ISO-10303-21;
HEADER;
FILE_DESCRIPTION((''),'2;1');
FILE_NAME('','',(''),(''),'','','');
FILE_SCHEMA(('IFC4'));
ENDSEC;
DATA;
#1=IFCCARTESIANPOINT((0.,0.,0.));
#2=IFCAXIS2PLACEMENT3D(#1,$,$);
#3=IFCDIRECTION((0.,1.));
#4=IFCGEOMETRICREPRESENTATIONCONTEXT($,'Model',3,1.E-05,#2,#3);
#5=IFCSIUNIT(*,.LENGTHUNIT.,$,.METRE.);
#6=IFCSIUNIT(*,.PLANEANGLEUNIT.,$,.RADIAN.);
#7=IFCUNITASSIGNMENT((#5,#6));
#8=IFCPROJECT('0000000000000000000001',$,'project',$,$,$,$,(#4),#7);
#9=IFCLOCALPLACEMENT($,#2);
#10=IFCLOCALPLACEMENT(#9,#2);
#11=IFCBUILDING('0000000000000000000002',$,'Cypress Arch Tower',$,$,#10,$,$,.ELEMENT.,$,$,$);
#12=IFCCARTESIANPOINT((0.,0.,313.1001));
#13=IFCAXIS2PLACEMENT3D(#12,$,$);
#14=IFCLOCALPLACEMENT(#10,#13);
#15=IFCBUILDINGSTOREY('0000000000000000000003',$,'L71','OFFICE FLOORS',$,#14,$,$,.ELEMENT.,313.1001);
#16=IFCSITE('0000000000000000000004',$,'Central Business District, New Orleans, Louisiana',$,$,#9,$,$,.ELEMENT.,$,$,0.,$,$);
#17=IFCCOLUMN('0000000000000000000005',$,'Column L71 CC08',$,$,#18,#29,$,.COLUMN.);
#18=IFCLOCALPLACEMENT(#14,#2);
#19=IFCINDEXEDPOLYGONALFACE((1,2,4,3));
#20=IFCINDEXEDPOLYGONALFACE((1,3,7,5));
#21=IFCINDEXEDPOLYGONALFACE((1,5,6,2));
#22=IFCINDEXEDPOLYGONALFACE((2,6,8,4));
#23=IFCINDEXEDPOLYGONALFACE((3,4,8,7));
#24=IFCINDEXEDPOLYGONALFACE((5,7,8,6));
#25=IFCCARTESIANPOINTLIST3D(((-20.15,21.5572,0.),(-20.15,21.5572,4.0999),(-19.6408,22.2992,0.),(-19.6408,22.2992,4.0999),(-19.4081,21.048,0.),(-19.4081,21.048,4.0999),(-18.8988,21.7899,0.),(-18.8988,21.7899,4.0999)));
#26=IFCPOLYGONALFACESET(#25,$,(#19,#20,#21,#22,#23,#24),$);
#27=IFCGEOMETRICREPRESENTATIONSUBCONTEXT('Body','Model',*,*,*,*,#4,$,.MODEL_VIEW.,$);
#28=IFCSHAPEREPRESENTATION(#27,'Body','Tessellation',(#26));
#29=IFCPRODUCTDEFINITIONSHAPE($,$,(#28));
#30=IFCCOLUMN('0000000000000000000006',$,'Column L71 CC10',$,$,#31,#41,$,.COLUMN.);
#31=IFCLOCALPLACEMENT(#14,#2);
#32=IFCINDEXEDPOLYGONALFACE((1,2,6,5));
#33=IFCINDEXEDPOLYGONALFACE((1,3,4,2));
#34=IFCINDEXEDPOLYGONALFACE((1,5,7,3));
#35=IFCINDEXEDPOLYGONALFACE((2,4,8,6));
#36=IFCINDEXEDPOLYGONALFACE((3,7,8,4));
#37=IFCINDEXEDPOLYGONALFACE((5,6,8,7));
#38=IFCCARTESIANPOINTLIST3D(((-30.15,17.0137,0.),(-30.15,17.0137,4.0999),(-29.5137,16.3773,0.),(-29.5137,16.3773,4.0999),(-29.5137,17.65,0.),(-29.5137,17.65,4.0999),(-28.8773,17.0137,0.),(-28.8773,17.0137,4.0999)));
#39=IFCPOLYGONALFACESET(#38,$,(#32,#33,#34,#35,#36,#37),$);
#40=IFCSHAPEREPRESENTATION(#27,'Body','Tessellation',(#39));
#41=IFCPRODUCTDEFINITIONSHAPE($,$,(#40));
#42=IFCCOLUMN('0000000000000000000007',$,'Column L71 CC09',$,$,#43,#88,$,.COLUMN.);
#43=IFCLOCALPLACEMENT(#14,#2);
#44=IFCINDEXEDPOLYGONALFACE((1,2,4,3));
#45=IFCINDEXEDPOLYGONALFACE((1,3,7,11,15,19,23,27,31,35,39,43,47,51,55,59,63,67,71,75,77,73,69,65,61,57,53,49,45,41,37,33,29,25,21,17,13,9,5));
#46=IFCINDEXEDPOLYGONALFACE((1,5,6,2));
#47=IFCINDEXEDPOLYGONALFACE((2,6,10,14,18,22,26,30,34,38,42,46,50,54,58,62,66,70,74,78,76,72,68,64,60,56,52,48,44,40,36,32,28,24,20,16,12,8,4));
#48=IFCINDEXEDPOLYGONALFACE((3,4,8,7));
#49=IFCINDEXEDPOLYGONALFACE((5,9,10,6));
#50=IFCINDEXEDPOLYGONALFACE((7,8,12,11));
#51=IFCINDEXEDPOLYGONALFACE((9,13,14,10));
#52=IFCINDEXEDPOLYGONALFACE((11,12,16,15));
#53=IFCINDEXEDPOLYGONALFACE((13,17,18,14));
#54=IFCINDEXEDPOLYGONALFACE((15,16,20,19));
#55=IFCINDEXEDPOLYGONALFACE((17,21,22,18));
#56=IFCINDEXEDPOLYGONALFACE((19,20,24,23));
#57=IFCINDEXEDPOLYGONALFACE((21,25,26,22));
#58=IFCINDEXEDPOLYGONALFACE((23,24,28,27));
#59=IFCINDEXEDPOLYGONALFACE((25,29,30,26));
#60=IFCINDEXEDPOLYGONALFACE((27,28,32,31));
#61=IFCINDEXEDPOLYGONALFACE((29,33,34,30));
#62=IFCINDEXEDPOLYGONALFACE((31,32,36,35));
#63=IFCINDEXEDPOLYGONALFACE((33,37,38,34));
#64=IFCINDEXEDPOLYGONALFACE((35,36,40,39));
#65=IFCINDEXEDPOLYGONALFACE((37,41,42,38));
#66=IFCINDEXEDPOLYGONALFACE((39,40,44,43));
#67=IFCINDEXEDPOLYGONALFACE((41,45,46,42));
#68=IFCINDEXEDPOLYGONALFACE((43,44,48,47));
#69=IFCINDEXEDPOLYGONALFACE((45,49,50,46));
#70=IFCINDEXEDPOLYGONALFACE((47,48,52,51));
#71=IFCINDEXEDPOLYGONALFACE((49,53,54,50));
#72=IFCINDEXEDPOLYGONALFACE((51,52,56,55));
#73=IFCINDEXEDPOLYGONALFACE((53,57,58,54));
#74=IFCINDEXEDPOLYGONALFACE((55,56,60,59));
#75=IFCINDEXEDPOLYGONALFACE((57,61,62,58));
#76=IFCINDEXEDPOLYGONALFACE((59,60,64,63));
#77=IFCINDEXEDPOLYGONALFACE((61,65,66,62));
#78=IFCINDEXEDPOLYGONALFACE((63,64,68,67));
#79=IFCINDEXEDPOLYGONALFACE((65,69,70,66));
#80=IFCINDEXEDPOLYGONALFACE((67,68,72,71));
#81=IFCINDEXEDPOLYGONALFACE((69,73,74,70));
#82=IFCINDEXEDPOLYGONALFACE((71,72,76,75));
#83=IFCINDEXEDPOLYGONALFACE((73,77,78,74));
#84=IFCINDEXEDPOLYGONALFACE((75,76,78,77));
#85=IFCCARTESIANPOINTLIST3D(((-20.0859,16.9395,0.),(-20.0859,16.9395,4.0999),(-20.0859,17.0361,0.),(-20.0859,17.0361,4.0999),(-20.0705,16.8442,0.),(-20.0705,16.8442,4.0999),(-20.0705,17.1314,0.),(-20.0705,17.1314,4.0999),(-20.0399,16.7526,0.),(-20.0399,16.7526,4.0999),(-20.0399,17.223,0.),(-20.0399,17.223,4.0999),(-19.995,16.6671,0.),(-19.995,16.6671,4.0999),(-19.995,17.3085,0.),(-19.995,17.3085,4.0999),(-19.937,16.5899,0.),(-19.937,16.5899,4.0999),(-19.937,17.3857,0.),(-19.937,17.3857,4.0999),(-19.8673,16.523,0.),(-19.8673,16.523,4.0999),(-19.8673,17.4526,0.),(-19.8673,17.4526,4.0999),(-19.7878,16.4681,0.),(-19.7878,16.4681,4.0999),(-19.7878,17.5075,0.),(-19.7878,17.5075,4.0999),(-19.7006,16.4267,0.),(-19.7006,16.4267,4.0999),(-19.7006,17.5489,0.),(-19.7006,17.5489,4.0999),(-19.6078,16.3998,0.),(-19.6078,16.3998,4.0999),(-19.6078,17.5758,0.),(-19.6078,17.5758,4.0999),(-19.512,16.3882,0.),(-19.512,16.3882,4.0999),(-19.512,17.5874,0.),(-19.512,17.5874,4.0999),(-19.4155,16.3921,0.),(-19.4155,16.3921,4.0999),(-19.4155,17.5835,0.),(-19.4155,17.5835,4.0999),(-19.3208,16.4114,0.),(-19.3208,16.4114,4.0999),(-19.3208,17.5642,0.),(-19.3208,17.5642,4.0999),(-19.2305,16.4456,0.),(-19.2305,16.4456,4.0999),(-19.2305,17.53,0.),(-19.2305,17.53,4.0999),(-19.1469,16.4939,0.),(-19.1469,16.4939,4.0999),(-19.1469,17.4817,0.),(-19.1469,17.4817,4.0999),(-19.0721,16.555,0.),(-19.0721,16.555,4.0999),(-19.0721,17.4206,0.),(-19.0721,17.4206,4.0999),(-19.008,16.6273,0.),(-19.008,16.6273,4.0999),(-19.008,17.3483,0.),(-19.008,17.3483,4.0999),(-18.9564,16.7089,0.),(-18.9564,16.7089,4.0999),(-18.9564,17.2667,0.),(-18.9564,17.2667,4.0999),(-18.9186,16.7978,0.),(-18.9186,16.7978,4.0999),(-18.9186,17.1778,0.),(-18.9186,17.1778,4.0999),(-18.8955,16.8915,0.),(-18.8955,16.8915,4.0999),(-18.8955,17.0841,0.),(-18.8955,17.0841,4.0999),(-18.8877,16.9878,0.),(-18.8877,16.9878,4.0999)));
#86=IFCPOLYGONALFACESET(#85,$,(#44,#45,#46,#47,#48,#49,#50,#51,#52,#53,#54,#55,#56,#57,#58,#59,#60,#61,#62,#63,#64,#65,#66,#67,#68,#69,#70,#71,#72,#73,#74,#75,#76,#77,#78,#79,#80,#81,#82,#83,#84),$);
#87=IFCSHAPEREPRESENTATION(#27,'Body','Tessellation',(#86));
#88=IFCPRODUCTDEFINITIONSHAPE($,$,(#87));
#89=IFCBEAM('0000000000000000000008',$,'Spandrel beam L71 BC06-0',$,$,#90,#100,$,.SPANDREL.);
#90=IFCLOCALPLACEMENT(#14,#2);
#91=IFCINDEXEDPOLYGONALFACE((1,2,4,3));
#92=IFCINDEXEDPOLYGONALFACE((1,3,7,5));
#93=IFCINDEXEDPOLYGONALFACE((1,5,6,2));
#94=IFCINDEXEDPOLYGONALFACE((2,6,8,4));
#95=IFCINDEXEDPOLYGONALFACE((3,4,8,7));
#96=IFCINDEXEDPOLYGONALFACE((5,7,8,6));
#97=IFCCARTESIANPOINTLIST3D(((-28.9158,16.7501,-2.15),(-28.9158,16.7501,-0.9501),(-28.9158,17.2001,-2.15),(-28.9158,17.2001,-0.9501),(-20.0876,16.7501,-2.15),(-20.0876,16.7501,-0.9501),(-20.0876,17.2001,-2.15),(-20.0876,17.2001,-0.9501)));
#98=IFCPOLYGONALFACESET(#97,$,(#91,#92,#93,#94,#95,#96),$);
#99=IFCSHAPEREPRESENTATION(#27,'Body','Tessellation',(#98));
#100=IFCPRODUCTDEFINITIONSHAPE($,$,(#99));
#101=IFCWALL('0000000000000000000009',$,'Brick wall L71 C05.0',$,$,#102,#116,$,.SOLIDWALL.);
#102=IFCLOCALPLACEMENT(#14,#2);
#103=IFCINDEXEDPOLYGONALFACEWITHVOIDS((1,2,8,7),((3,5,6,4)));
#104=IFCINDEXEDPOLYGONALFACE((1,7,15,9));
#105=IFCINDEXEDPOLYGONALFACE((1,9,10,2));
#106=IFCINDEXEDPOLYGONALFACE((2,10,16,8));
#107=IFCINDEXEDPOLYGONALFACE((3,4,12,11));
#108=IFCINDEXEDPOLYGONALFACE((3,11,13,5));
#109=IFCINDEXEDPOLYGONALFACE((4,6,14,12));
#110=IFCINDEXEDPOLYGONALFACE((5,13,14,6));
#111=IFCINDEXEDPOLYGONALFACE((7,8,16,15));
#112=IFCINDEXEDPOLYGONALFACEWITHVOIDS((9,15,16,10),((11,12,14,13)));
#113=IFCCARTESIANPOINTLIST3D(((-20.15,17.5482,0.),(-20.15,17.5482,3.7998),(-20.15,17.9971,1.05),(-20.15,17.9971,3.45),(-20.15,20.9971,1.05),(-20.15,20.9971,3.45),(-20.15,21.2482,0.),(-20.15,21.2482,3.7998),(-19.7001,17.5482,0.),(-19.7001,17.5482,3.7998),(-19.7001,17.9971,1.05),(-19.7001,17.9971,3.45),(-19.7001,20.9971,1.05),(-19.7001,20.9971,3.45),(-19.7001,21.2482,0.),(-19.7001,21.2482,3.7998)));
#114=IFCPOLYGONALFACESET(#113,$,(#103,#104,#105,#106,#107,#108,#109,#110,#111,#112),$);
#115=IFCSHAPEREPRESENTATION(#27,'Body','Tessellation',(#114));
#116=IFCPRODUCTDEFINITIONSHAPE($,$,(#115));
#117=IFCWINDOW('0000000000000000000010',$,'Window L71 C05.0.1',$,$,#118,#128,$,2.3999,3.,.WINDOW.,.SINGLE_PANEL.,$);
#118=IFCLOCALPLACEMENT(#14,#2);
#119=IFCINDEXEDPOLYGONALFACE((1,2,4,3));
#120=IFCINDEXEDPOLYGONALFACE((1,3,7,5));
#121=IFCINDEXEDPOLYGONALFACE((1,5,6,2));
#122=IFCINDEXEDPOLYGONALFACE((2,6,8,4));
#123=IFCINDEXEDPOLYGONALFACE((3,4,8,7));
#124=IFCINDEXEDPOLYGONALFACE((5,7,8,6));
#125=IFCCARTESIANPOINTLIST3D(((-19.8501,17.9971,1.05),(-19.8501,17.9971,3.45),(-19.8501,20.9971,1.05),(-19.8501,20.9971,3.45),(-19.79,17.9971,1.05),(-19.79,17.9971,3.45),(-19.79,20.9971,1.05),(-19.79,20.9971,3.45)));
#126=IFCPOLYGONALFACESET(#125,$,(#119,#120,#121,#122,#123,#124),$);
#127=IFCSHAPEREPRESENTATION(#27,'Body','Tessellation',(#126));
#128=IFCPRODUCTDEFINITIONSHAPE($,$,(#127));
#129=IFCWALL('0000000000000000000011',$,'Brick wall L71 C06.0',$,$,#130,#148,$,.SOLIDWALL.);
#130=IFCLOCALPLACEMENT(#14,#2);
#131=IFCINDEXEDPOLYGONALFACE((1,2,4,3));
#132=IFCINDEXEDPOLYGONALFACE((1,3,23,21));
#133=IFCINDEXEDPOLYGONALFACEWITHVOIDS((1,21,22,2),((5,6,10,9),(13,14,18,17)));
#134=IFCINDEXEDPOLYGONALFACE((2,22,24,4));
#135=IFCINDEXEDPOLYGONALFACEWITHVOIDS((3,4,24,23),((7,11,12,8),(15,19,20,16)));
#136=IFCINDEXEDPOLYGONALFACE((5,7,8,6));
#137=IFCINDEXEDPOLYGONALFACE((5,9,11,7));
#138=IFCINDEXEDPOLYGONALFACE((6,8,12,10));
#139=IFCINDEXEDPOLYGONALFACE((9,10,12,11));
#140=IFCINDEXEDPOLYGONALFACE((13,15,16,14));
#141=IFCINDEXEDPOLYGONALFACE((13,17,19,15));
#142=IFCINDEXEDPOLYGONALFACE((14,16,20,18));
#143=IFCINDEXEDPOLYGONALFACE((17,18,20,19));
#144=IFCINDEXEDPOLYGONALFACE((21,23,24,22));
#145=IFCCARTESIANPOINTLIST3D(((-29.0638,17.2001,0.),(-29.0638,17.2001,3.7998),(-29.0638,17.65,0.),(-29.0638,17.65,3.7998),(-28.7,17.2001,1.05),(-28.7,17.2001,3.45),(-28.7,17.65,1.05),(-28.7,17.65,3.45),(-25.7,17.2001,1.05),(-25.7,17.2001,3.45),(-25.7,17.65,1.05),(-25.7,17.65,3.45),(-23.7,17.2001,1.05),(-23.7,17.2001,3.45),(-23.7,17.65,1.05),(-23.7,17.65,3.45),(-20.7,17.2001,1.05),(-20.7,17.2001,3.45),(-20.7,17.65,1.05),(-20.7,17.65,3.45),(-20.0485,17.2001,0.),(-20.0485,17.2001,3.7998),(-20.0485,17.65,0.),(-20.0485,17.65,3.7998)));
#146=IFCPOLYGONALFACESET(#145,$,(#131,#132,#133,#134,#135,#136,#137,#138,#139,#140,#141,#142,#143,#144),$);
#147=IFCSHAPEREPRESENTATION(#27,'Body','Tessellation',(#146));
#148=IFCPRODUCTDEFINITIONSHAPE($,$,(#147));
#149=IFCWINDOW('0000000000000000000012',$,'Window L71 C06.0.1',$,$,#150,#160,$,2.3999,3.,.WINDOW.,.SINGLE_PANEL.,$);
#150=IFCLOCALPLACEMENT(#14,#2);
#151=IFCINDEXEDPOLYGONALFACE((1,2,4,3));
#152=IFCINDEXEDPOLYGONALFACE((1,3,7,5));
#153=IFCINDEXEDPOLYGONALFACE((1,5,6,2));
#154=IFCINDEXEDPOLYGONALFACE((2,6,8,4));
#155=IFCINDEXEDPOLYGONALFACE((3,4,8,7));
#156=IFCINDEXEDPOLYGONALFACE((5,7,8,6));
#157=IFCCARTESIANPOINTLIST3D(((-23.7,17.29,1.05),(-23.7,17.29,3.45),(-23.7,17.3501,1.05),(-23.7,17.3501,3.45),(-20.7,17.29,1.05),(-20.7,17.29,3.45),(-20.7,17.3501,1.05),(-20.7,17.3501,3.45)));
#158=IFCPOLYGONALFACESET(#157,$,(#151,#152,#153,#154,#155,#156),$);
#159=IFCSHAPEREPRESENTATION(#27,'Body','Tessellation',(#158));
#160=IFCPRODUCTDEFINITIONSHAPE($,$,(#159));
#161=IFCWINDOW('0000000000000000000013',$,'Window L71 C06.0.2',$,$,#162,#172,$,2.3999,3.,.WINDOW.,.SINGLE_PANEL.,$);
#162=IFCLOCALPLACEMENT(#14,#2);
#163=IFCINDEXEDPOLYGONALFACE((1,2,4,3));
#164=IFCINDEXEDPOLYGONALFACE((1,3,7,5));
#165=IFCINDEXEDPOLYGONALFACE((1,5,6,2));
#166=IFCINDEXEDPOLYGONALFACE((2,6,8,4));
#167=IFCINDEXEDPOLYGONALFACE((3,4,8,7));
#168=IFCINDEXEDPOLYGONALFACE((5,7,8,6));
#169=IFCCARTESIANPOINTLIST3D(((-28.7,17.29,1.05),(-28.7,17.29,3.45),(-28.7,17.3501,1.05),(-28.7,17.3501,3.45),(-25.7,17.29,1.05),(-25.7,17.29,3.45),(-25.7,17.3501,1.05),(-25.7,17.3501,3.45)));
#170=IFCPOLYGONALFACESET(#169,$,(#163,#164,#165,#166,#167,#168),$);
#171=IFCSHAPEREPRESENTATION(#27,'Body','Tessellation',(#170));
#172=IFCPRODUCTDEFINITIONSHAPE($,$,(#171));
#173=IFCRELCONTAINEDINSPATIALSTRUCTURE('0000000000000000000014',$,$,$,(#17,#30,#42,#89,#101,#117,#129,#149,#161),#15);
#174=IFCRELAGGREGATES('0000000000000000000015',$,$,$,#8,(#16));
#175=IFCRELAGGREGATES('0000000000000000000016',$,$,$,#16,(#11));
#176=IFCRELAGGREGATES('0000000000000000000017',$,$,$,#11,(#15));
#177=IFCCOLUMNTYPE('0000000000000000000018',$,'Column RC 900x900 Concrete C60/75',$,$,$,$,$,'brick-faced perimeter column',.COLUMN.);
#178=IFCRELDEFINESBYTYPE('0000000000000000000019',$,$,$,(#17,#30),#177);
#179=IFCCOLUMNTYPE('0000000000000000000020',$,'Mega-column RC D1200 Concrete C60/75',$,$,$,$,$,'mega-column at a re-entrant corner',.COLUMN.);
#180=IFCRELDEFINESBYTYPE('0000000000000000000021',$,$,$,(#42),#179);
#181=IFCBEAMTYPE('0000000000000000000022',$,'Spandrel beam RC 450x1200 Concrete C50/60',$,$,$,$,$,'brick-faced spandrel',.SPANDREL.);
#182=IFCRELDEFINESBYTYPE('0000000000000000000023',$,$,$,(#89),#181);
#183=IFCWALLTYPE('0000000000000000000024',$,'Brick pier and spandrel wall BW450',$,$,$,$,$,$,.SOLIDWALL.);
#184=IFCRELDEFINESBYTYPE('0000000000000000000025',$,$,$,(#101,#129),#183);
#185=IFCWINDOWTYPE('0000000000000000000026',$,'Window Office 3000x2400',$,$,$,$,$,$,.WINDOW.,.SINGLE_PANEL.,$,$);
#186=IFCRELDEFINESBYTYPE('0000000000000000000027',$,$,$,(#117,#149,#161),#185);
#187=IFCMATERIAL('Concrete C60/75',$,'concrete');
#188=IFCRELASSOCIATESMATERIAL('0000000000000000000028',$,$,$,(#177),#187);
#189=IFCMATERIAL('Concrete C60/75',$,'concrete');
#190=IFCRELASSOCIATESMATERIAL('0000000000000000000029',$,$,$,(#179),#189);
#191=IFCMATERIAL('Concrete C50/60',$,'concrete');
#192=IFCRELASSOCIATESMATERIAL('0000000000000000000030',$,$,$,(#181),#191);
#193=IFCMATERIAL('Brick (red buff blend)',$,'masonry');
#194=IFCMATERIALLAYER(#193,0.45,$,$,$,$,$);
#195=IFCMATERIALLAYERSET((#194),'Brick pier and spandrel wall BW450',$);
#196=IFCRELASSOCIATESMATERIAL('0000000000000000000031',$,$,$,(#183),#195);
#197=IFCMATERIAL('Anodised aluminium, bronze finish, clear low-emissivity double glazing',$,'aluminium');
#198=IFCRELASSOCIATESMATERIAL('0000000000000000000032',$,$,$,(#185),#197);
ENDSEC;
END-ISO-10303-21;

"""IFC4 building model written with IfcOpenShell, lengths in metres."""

from ifc_helpers import new_model, si_unit, direction, frame, frame_2d, origin, origin_2d, place, context, subcontext, project, spatial, rectangle, circle, extrude, material, layer, layer_set, material_profile, profile_set, type_object, element, fill, save


model = new_model("IFC4")

# Units and contexts
model_context = context("Model", 3, precision=1e-05, world=origin(), true_north=direction((0.0, 1.0)))
body_context = subcontext(model_context, "Body", "Model", "MODEL_VIEW")
ifc_project = project(units=[si_unit("LENGTHUNIT", "METRE"), si_unit("PLANEANGLEUNIT", "RADIAN")], contexts=[model_context])

# Site, building, storey
site_placement = place(None, origin())
site = spatial("IfcSite", under=ifc_project, at=site_placement, Name="Central Business District, New Orleans, Louisiana", CompositionType="ELEMENT", RefElevation=0.0)
building_placement = place(site_placement, origin())
building = spatial("IfcBuilding", under=site, at=building_placement, Name="Cypress Arch Tower", CompositionType="ELEMENT")
storey_placement = place(building_placement, frame((0.0, 0.0, 313.1001)))
storey = spatial("IfcBuildingStorey", under=building, at=storey_placement, Name="L71", Description="OFFICE FLOORS", CompositionType="ELEMENT", Elevation=313.1001)

# Columns
ifc_material_1 = material(Name="Concrete C60/75", Category="concrete")
ifc_material_profile_1 = material_profile(ifc_material_1, rectangle(XDim=0.8999, YDim=0.8999, at=origin_2d()), Name="RC 900x900")
ifc_profile_set_1 = profile_set([ifc_material_profile_1], Name="Concrete C60/75")
column_type_1 = type_object("IfcColumnType", Name="Column RC 900x900 Concrete C60/75", ElementType="brick-faced perimeter column", PredefinedType="COLUMN", material=ifc_profile_set_1)
for number, where, z_axis, x_axis, name in (
    (1, (-19.5244, 21.6736, 0.0), (0.0, 0.0, 1.0), (-0.565893, -0.824479, 0.0), "Column L71 CC08"),
    (2, (-29.5137, 17.0137, 0.0), (0.0, 0.0, 1.0), (-0.707107, -0.707107, 0.0), "Column L71 CC10"),
):
    element("IfcColumn", number, at=place(storey_placement, frame(where, z_axis=z_axis, x_axis=x_axis)), inside=storey, type_object=column_type_1, Name=name, PredefinedType="COLUMN", context=body_context, shape_type="SweptSolid", body=[
        extrude(rectangle(XDim=0.8999, YDim=0.8999, at=origin_2d()), origin(), (0.0, 0.0, 1.0), 4.0999),
    ])
ifc_material_2 = material(Name="Concrete C60/75", Category="concrete")
ifc_material_profile_2 = material_profile(ifc_material_2, circle(Radius=0.6001, at=origin_2d()), Name="RC D1200")
ifc_profile_set_2 = profile_set([ifc_material_profile_2], Name="Concrete C60/75")
column_type_2 = type_object("IfcColumnType", Name="Mega-column RC D1200 Concrete C60/75", ElementType="mega-column at a re-entrant corner", PredefinedType="COLUMN", material=ifc_profile_set_2)
column_placement = place(storey_placement, frame((-19.4878, 16.9878, 0.0), z_axis=(0.0, 0.0, 1.0), x_axis=(1.0, 0.0, 0.0)))
element("IfcColumn", 3, at=column_placement, inside=storey, type_object=column_type_2, Name="Column L71 CC09", PredefinedType="COLUMN", context=body_context, shape_type="SweptSolid", body=[
    extrude(circle(Radius=0.6001, at=origin_2d()), origin(), (0.0, 0.0, 1.0), 4.0999),
])

# Beam
ifc_material_3 = material(Name="Concrete C50/60", Category="concrete")
ifc_material_profile_3 = material_profile(ifc_material_3, rectangle(XDim=0.45, YDim=1.2, at=origin_2d()), Name="RC 450x1200")
ifc_profile_set_3 = profile_set([ifc_material_profile_3], Name="Concrete C50/60")
beam_type = type_object("IfcBeamType", Name="Spandrel beam RC 450x1200 Concrete C50/60", ElementType="brick-faced spandrel", PredefinedType="SPANDREL", material=ifc_profile_set_3)
beam_placement = place(storey_placement, frame((-20.0876, 16.9751, -1.55), z_axis=(-1.0, 0.0, 0.0), x_axis=(0.0, -1.0, 0.0)))
element("IfcBeam", 4, at=beam_placement, inside=storey, type_object=beam_type, Name="Spandrel beam L71 BC06-0", PredefinedType="SPANDREL", context=body_context, shape_type="SweptSolid", body=[
    extrude(rectangle(XDim=0.45, YDim=1.2, at=origin_2d()), origin(), (0.0, 0.0, 1.0), 8.8281),
])

# Wall, opening, window
ifc_material_4 = material(Name="Brick (red buff blend)", Category="masonry")
ifc_layer_1 = layer(ifc_material_4, 0.45)
ifc_layer_set_1 = layer_set([ifc_layer_1], Name="Brick pier and spandrel wall BW450")
wall_type_1 = type_object("IfcWallType", Name="Brick pier and spandrel wall BW450", PredefinedType="SOLIDWALL", material=ifc_layer_set_1)
wall_1_placement = place(storey_placement, frame((-19.925, 21.2483, 0.0), z_axis=(0.0, 0.0, 1.0), x_axis=(0.0, -1.0, 0.0)))
wall_1 = element("IfcWall", 5, at=wall_1_placement, inside=storey, type_object=wall_type_1, Name="Brick wall L71 C05.0", PredefinedType="SOLIDWALL", context=body_context, shape_type="SweptSolid", body=[
    extrude(rectangle(XDim=3.7, YDim=0.45, at=frame_2d((1.8501, 0.0))), origin(), (0.0, 0.0, 1.0), 3.7998),
])
opening_1_placement = place(wall_1_placement, frame((0.2512, 0.0, 1.05)))
opening_1 = element("IfcOpeningElement", 6, at=opening_1_placement, cuts=wall_1, PredefinedType="OPENING", context=body_context, shape_type="SweptSolid", body=[
    extrude(rectangle(XDim=3.0, YDim=2.3999, at=frame_2d((1.5, 1.2))), frame((0.0, 0.2349, 0.0), z_axis=(0.0, -1.0, 0.0), x_axis=(1.0, 0.0, 0.0)), (0.0, 0.0, 1.0), 0.47),
])
ifc_material_5 = material(Name="Anodised aluminium, bronze finish, clear low-emissivity double glazing", Category="aluminium")
window_type = type_object("IfcWindowType", Name="Window Office 3000x2400", PartitioningType="SINGLE_PANEL", PredefinedType="WINDOW", material=ifc_material_5)
window_1_placement = place(opening_1_placement, origin())
window_1 = element("IfcWindow", 7, at=window_1_placement, inside=storey, type_object=window_type, Name="Window L71 C05.0.1", OverallHeight=2.3999, OverallWidth=3.0, PartitioningType="SINGLE_PANEL", PredefinedType="WINDOW", context=body_context, shape_type="SweptSolid", body=[
    extrude(rectangle(XDim=3.0, YDim=2.3999, at=frame_2d((1.5, 1.2))), frame((0.0, 0.135, 0.0), z_axis=(0.0, -1.0, 0.0), x_axis=(1.0, 0.0, 0.0)), (0.0, 0.0, 1.0), 0.0601),
])
fill(opening_1, window_1)

# Wall, openings, windows
wall_2_placement = place(storey_placement, frame((-20.0483, 17.425, 0.0), z_axis=(0.0, 0.0, 1.0), x_axis=(-1.0, 0.0, 0.0)))
wall_2 = element("IfcWall", 8, at=wall_2_placement, inside=storey, type_object=wall_type_1, Name="Brick wall L71 C06.0", PredefinedType="SOLIDWALL", context=body_context, shape_type="SweptSolid", body=[
    extrude(rectangle(XDim=9.0154, YDim=0.45, at=frame_2d((4.5078, 0.0))), origin(), (0.0, 0.0, 1.0), 3.7998),
])
opening_2_placement = place(wall_2_placement, frame((0.6516, 0.0, 1.05)))
opening_2 = element("IfcOpeningElement", 9, at=opening_2_placement, cuts=wall_2, PredefinedType="OPENING", context=body_context, shape_type="SweptSolid", body=[
    extrude(rectangle(XDim=3.0, YDim=2.3999, at=frame_2d((1.5, 1.2))), frame((0.0, 0.2349, 0.0), z_axis=(0.0, -1.0, 0.0), x_axis=(1.0, 0.0, 0.0)), (0.0, 0.0, 1.0), 0.47),
])
opening_3_placement = place(wall_2_placement, frame((5.6516, 0.0, 1.05)))
opening_3 = element("IfcOpeningElement", 10, at=opening_3_placement, cuts=wall_2, PredefinedType="OPENING", context=body_context, shape_type="SweptSolid", body=[
    extrude(rectangle(XDim=3.0, YDim=2.3999, at=frame_2d((1.5, 1.2))), frame((0.0, 0.2349, 0.0), z_axis=(0.0, -1.0, 0.0), x_axis=(1.0, 0.0, 0.0)), (0.0, 0.0, 1.0), 0.47),
])
window_2_placement = place(opening_2_placement, origin())
window_2 = element("IfcWindow", 11, at=window_2_placement, inside=storey, type_object=window_type, Name="Window L71 C06.0.1", OverallHeight=2.3999, OverallWidth=3.0, PartitioningType="SINGLE_PANEL", PredefinedType="WINDOW", context=body_context, shape_type="SweptSolid", body=[
    extrude(rectangle(XDim=3.0, YDim=2.3999, at=frame_2d((1.5, 1.2))), frame((0.0, 0.135, 0.0), z_axis=(0.0, -1.0, 0.0), x_axis=(1.0, 0.0, 0.0)), (0.0, 0.0, 1.0), 0.0601),
])
fill(opening_2, window_2)
window_3_placement = place(opening_3_placement, origin())
window_3 = element("IfcWindow", 12, at=window_3_placement, inside=storey, type_object=window_type, Name="Window L71 C06.0.2", OverallHeight=2.3999, OverallWidth=3.0, PartitioningType="SINGLE_PANEL", PredefinedType="WINDOW", context=body_context, shape_type="SweptSolid", body=[
    extrude(rectangle(XDim=3.0, YDim=2.3999, at=frame_2d((1.5, 1.2))), frame((0.0, 0.135, 0.0), z_axis=(0.0, -1.0, 0.0), x_axis=(1.0, 0.0, 0.0)), (0.0, 0.0, 1.0), 0.0601),
])
fill(opening_3, window_3)

save(model, "model.ifc")
